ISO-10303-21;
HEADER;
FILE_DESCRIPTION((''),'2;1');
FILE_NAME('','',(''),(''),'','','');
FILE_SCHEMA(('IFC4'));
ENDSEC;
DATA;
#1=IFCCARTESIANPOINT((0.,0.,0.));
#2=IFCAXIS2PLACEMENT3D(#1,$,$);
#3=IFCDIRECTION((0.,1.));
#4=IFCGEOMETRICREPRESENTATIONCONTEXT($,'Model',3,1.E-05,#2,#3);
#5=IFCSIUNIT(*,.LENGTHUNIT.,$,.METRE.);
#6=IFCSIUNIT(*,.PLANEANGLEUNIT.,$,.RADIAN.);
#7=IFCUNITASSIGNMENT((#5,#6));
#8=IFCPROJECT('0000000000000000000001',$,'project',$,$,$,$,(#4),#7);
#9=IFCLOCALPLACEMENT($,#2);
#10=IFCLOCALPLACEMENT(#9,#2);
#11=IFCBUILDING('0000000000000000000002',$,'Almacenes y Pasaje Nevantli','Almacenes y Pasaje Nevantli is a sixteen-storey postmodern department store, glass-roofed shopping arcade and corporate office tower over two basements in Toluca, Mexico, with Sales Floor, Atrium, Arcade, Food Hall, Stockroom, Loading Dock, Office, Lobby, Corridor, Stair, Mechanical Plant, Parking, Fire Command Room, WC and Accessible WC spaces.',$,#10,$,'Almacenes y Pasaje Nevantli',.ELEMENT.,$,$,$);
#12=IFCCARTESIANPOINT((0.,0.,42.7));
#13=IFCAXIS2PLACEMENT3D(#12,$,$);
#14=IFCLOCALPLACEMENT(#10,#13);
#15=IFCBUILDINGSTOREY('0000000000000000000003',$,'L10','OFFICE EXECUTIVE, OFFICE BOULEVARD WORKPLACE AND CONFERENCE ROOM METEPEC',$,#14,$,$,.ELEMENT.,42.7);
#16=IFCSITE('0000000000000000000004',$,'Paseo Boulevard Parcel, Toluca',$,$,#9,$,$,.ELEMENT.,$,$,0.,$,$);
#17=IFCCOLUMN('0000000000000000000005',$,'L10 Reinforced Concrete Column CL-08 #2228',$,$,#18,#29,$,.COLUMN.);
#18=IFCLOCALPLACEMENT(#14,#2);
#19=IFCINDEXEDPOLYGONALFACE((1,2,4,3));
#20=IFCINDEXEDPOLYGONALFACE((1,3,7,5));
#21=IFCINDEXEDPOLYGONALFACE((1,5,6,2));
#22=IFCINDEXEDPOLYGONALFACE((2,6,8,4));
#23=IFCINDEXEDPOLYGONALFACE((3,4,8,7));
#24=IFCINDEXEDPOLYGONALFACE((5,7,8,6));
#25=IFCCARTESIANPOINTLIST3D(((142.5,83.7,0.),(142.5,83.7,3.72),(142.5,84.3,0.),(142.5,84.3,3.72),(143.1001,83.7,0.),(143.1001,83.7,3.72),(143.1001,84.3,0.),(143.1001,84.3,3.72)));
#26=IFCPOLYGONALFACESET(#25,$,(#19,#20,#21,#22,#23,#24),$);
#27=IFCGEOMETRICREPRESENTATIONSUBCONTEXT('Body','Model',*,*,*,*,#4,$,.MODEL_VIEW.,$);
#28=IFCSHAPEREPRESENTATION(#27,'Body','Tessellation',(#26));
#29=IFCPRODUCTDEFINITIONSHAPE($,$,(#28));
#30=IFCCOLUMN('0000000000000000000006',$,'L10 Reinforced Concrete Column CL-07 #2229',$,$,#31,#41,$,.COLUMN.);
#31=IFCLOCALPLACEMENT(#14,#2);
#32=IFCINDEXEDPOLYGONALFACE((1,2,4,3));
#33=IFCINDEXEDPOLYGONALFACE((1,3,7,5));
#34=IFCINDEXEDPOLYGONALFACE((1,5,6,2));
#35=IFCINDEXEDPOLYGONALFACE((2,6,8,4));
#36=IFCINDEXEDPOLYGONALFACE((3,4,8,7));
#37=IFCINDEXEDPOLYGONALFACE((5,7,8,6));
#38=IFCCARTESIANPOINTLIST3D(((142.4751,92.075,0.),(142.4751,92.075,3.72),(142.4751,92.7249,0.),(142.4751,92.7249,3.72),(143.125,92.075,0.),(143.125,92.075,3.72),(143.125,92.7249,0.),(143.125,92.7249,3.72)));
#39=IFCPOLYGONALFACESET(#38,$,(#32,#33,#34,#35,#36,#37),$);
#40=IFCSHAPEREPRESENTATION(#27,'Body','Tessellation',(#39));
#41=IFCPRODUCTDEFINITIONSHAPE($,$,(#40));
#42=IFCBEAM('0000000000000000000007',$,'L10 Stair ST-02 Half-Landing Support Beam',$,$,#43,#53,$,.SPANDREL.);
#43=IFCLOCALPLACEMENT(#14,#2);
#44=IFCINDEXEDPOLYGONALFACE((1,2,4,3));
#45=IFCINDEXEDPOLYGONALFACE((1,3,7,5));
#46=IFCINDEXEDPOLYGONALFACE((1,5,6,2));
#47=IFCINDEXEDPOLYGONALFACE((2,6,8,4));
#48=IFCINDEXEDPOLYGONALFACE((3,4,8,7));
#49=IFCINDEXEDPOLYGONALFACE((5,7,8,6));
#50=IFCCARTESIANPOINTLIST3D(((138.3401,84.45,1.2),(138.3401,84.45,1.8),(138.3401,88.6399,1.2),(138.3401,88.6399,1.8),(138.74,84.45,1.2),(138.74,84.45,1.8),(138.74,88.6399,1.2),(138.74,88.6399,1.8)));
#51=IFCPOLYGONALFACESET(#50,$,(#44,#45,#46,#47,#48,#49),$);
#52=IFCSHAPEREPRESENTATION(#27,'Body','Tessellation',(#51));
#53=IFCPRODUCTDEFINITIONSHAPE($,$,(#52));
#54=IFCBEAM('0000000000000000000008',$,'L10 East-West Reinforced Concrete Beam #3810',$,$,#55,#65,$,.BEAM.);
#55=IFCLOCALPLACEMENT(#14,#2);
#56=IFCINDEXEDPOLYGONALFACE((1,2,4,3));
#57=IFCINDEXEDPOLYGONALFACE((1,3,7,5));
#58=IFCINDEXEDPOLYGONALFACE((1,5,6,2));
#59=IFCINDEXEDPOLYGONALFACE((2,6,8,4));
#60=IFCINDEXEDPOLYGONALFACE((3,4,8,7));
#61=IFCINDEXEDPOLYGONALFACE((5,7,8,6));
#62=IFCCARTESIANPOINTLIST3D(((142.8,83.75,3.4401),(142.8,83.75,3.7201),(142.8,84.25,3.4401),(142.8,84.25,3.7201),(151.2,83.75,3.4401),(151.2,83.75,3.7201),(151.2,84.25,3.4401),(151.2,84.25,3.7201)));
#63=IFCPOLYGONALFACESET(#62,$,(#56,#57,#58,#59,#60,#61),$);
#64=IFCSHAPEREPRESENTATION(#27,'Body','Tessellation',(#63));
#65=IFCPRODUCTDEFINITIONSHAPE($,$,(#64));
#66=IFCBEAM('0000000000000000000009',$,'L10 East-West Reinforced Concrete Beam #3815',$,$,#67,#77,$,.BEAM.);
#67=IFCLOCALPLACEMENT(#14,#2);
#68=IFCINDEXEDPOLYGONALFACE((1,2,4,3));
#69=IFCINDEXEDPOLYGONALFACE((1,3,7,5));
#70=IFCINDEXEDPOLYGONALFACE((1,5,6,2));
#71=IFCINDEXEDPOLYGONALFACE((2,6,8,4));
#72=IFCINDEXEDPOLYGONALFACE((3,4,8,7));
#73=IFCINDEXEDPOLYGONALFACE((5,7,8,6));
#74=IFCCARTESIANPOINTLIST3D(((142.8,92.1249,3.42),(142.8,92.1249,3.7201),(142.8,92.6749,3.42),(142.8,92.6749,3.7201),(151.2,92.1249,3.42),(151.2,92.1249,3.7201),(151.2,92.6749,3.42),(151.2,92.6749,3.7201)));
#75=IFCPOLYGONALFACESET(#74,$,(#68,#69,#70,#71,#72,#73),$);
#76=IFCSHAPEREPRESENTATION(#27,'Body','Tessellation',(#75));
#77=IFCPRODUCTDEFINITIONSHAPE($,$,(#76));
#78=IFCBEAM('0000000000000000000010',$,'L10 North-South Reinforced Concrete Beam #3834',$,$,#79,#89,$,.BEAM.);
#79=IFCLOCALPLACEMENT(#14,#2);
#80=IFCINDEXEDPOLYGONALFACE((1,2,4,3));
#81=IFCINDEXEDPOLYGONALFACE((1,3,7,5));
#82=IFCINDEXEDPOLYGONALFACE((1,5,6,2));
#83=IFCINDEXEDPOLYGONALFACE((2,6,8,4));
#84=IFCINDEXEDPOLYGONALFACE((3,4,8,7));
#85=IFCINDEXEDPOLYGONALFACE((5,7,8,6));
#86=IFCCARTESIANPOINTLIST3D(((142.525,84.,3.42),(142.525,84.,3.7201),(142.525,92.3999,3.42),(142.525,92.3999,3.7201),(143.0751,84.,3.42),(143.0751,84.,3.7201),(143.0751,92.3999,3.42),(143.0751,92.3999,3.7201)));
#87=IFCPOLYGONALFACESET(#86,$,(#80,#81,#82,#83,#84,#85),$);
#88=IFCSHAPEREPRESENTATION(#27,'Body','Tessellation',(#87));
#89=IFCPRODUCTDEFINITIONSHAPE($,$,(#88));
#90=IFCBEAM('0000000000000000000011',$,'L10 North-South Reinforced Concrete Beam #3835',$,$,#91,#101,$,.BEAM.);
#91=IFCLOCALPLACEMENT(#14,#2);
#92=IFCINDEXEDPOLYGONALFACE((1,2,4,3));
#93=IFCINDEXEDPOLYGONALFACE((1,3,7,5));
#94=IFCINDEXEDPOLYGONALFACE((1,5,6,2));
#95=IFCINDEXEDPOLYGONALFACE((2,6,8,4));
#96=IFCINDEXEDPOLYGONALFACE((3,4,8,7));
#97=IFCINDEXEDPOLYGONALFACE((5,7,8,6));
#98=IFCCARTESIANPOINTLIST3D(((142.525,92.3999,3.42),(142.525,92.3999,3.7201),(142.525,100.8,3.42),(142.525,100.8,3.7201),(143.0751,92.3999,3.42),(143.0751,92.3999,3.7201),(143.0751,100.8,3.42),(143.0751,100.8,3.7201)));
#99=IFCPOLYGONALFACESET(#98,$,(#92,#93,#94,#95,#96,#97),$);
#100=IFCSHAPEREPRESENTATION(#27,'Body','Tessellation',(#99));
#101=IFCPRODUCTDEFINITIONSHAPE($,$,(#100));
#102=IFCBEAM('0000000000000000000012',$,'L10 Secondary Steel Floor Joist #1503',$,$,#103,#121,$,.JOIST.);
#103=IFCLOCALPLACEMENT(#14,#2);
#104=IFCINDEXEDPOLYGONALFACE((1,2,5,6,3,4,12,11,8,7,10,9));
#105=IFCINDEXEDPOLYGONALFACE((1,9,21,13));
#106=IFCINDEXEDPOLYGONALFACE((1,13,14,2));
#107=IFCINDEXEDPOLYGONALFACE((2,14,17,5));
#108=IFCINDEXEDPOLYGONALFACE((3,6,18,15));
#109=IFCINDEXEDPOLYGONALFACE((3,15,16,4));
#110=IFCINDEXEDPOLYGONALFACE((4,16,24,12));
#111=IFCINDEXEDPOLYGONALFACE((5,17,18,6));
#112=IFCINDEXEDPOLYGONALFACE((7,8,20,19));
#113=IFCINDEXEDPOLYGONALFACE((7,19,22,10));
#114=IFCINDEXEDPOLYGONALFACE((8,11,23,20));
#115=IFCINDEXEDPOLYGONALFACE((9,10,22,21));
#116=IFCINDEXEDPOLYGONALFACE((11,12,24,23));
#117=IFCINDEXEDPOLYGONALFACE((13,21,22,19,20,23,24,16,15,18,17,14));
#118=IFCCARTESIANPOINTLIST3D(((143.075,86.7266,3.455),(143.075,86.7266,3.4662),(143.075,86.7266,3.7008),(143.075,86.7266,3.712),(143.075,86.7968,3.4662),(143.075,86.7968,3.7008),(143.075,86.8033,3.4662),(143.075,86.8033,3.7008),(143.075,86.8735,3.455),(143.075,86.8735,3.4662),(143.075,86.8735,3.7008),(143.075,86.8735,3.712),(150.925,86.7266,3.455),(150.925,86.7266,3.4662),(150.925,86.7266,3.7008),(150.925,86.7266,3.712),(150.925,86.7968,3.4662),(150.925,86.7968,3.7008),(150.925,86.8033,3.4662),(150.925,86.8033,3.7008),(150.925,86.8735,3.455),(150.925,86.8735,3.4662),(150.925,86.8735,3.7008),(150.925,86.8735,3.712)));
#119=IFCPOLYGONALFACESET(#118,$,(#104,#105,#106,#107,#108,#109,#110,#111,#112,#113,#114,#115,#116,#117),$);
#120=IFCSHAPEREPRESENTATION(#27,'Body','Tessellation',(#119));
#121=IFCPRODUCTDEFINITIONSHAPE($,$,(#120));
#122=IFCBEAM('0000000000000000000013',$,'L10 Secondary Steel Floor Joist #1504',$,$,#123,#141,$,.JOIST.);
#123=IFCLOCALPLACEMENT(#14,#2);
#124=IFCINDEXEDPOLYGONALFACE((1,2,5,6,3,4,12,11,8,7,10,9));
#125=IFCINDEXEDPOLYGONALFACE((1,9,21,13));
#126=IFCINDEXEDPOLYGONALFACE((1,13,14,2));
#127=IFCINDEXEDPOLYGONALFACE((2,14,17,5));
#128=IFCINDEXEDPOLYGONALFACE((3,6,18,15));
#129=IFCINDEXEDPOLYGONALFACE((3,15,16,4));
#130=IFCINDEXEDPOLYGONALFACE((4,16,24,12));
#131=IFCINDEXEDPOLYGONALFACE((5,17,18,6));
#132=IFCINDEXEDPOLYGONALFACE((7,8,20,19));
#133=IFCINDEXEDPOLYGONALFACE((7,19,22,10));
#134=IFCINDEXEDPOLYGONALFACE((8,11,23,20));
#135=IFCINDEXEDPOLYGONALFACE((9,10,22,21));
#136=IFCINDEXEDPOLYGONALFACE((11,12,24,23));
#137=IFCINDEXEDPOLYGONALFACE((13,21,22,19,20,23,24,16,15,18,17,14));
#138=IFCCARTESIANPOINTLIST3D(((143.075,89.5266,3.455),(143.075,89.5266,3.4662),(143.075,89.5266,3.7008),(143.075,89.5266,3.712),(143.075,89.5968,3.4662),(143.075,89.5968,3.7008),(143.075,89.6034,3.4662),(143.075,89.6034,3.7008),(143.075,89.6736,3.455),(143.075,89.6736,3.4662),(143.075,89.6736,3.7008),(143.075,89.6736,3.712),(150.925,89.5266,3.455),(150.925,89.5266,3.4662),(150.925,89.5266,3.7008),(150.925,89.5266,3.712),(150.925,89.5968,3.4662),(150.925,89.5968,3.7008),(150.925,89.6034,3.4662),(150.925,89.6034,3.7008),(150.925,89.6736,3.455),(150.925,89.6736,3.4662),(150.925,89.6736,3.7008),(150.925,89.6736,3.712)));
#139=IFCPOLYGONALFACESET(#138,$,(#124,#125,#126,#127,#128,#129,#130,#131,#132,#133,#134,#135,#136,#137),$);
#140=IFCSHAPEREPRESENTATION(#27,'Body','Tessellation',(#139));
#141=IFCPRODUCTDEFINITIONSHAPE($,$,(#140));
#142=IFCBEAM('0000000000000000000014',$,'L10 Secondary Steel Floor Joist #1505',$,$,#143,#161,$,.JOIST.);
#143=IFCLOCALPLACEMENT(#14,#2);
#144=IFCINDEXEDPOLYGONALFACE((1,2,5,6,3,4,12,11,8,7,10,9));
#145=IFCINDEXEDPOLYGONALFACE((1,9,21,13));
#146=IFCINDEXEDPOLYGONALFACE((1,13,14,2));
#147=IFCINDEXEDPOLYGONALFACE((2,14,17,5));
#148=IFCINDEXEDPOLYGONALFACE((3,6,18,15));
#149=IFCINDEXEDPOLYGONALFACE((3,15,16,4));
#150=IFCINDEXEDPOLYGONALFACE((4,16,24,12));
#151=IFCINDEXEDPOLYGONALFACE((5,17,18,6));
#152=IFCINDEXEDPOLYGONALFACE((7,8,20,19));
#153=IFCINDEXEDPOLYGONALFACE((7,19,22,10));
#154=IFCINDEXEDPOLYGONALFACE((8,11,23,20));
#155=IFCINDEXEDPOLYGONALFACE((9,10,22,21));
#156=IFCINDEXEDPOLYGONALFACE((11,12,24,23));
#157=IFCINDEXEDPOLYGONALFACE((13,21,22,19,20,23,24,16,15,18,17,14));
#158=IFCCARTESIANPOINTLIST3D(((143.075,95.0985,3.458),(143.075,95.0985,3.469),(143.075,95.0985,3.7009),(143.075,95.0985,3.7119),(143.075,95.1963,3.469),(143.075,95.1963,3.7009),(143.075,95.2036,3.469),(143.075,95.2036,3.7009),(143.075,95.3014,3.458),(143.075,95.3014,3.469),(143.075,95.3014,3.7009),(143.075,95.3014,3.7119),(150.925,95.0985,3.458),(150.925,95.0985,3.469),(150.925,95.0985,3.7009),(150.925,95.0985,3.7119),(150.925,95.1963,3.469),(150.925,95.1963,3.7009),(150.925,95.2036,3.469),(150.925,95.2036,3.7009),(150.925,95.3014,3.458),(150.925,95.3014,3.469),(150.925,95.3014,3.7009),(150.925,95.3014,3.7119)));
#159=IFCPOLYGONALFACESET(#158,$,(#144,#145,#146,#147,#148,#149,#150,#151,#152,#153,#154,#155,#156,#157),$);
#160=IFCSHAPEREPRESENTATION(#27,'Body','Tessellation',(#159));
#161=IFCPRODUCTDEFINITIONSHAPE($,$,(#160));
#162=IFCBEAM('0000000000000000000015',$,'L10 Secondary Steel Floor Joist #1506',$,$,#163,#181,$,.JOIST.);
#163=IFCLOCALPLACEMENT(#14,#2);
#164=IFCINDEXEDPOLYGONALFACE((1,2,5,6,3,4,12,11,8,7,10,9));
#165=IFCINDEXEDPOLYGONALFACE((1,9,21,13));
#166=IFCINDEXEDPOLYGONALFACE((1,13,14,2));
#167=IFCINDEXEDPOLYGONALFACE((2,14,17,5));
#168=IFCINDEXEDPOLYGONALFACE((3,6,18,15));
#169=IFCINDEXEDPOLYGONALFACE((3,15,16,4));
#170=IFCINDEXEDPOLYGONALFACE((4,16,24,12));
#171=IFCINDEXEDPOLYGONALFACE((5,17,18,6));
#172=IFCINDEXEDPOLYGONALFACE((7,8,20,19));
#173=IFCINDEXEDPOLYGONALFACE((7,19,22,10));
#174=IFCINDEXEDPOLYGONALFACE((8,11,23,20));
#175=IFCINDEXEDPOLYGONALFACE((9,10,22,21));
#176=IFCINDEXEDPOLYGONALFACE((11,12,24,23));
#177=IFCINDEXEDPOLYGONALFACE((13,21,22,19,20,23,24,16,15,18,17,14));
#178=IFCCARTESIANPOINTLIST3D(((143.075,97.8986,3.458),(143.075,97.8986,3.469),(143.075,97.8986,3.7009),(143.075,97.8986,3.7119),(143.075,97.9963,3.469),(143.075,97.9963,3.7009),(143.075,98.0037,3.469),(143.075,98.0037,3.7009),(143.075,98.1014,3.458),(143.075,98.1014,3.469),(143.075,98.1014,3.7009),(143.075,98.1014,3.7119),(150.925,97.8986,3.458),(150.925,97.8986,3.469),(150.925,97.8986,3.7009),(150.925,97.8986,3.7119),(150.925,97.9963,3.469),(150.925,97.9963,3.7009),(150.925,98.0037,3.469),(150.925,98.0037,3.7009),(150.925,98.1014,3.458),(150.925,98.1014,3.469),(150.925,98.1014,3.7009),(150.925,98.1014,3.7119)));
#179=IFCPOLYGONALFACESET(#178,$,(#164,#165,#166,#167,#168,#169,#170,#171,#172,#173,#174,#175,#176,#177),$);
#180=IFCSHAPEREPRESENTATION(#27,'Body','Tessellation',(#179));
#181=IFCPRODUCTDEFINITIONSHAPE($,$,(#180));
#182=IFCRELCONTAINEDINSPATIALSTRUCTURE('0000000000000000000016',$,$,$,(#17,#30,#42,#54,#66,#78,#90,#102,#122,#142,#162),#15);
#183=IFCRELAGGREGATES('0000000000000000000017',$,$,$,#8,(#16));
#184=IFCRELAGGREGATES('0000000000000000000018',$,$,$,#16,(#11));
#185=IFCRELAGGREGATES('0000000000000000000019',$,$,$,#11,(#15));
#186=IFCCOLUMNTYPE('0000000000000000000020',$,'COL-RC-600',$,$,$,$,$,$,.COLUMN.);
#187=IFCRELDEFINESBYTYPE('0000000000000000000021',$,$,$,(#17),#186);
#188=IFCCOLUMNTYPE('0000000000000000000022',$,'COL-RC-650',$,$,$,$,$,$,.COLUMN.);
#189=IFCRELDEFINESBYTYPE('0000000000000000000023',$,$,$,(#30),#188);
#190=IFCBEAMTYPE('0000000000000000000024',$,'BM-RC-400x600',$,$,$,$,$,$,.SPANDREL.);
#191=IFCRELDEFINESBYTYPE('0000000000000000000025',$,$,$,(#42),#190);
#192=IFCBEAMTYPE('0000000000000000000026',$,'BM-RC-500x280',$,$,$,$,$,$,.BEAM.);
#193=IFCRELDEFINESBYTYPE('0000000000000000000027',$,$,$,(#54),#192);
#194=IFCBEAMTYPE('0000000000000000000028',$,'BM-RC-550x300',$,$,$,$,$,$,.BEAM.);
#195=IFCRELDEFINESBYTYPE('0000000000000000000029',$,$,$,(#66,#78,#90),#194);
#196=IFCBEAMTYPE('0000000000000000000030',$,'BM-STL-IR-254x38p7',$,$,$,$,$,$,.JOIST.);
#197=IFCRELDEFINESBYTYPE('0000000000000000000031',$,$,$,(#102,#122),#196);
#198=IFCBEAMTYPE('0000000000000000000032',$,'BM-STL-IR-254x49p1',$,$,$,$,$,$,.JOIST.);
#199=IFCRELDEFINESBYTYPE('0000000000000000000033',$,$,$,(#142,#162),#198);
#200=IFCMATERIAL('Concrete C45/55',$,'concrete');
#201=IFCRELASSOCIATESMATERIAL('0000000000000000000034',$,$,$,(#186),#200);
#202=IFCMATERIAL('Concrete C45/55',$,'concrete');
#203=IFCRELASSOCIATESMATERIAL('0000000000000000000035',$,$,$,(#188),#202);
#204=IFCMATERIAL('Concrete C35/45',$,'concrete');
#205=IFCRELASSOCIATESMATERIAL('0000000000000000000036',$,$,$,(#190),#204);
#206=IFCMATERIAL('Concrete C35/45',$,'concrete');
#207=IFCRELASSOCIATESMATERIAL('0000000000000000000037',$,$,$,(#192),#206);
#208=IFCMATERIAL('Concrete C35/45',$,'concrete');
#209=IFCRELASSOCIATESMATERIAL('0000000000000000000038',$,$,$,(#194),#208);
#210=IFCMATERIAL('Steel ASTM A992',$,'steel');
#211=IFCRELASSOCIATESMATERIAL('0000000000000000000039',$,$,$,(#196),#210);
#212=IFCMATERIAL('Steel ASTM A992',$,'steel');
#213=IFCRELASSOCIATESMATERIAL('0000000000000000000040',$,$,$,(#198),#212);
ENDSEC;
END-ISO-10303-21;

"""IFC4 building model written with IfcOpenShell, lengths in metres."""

from ifc_helpers import new_model, si_unit, direction, frame, origin, origin_2d, place, context, subcontext, project, spatial, rectangle, i_section, extrude, material, material_profile, profile_set, type_object, element, save


model = new_model("IFC4")

# Units and contexts
model_context = context("Model", 3, precision=1e-05, world=origin(), true_north=direction((0.0, 1.0)))
body_context = subcontext(model_context, "Body", "Model", "MODEL_VIEW")
ifc_project = project(units=[si_unit("LENGTHUNIT", "METRE"), si_unit("PLANEANGLEUNIT", "RADIAN")], contexts=[model_context])

# Site, building, storey
site_placement = place(None, origin())
site = spatial("IfcSite", under=ifc_project, at=site_placement, Name="Paseo Boulevard Parcel, Toluca", CompositionType="ELEMENT", RefElevation=0.0)
building_placement = place(site_placement, origin())
building = spatial("IfcBuilding", under=site, at=building_placement, Name="Almacenes y Pasaje Nevantli", Description="Almacenes y Pasaje Nevantli is a sixteen-storey postmodern department store, glass-roofed shopping arcade and corporate office tower over two basements in Toluca, Mexico, with Sales Floor, Atrium, Arcade, Food Hall, Stockroom, Loading Dock, Office, Lobby, Corridor, Stair, Mechanical Plant, Parking, Fire Command Room, WC and Accessible WC spaces.", LongName="Almacenes y Pasaje Nevantli", CompositionType="ELEMENT")
storey_placement = place(building_placement, frame((0.0, 0.0, 42.7)))
storey = spatial("IfcBuildingStorey", under=building, at=storey_placement, Name="L10", Description="OFFICE EXECUTIVE, OFFICE BOULEVARD WORKPLACE AND CONFERENCE ROOM METEPEC", CompositionType="ELEMENT", Elevation=42.7)

# Columns
ifc_material_1 = material(Name="Concrete C45/55", Category="concrete")
ifc_material_profile_1 = material_profile(ifc_material_1, rectangle(XDim=0.6001, YDim=0.6001, at=origin_2d()), Name="RC-COL-600x600")
ifc_profile_set_1 = profile_set([ifc_material_profile_1], Name="Concrete C45/55")
column_type_1 = type_object("IfcColumnType", Name="COL-RC-600", PredefinedType="COLUMN", material=ifc_profile_set_1)
column_1_placement = place(storey_placement, frame((142.8, 84.0, 0.0), z_axis=(0.0, 0.0, 1.0), x_axis=(1.0, 0.0, 0.0)))
element("IfcColumn", 1, at=column_1_placement, inside=storey, type_object=column_type_1, Name="L10 Reinforced Concrete Column CL-08 #2228", PredefinedType="COLUMN", context=body_context, shape_type="SweptSolid", body=[
    extrude(rectangle(XDim=0.6001, YDim=0.6001, at=origin_2d()), origin(), (0.0, 0.0, 1.0), 3.72),
])
ifc_material_2 = material(Name="Concrete C45/55", Category="concrete")
ifc_material_profile_2 = material_profile(ifc_material_2, rectangle(XDim=0.6499, YDim=0.6499, at=origin_2d()), Name="RC-COL-650x650")
ifc_profile_set_2 = profile_set([ifc_material_profile_2], Name="Concrete C45/55")
column_type_2 = type_object("IfcColumnType", Name="COL-RC-650", PredefinedType="COLUMN", material=ifc_profile_set_2)
column_2_placement = place(storey_placement, frame((142.8, 92.3999, 0.0), z_axis=(0.0, 0.0, 1.0), x_axis=(1.0, 0.0, 0.0)))
element("IfcColumn", 2, at=column_2_placement, inside=storey, type_object=column_type_2, Name="L10 Reinforced Concrete Column CL-07 #2229", PredefinedType="COLUMN", context=body_context, shape_type="SweptSolid", body=[
    extrude(rectangle(XDim=0.6499, YDim=0.6499, at=origin_2d()), origin(), (0.0, 0.0, 1.0), 3.72),
])

# Beams
ifc_material_3 = material(Name="Concrete C35/45", Category="concrete")
ifc_material_profile_3 = material_profile(ifc_material_3, rectangle(XDim=0.3999, YDim=0.6001, at=origin_2d()), Name="RC-BM-400x600")
ifc_profile_set_3 = profile_set([ifc_material_profile_3], Name="Concrete C35/45")
beam_type_1 = type_object("IfcBeamType", Name="BM-RC-400x600", PredefinedType="SPANDREL", material=ifc_profile_set_3)
beam_1_placement = place(storey_placement, frame((138.54, 84.45, 1.5), z_axis=(0.0, 1.0, 0.0), x_axis=(-1.0, 0.0, 0.0)))
element("IfcBeam", 3, at=beam_1_placement, inside=storey, type_object=beam_type_1, Name="L10 Stair ST-02 Half-Landing Support Beam", PredefinedType="SPANDREL", context=body_context, shape_type="SweptSolid", body=[
    extrude(rectangle(XDim=0.3999, YDim=0.6001, at=origin_2d()), origin(), (0.0, 0.0, 1.0), 4.1899),
])
ifc_material_4 = material(Name="Concrete C35/45", Category="concrete")
ifc_material_profile_4 = material_profile(ifc_material_4, rectangle(XDim=0.5, YDim=0.28, at=origin_2d()), Name="RC-BM-500x280")
ifc_profile_set_4 = profile_set([ifc_material_profile_4], Name="Concrete C35/45")
beam_type_2 = type_object("IfcBeamType", Name="BM-RC-500x280", PredefinedType="BEAM", material=ifc_profile_set_4)
beam_2_placement = place(storey_placement, frame((142.8, 84.0, 3.5801), z_axis=(1.0, 0.0, 0.0), x_axis=(0.0, 1.0, 0.0)))
element("IfcBeam", 4, at=beam_2_placement, inside=storey, type_object=beam_type_2, Name="L10 East-West Reinforced Concrete Beam #3810", PredefinedType="BEAM", context=body_context, shape_type="SweptSolid", body=[
    extrude(rectangle(XDim=0.5, YDim=0.28, at=origin_2d()), origin(), (0.0, 0.0, 1.0), 8.3999),
])
ifc_material_5 = material(Name="Concrete C35/45", Category="concrete")
ifc_material_profile_5 = material_profile(ifc_material_5, rectangle(XDim=0.55, YDim=0.3, at=origin_2d()), Name="RC-BM-550x300")
ifc_profile_set_5 = profile_set([ifc_material_profile_5], Name="Concrete C35/45")
beam_type_3 = type_object("IfcBeamType", Name="BM-RC-550x300", PredefinedType="BEAM", material=ifc_profile_set_5)
for number, where, z_axis, x_axis, name in (
    (5, (142.8, 92.3999, 3.5701), (1.0, 0.0, 0.0), (0.0, 1.0, 0.0), "L10 East-West Reinforced Concrete Beam #3815"),
    (6, (142.8, 84.0, 3.5701), (0.0, 1.0, 0.0), (-1.0, 0.0, 0.0), "L10 North-South Reinforced Concrete Beam #3834"),
):
    element("IfcBeam", number, at=place(storey_placement, frame(where, z_axis=z_axis, x_axis=x_axis)), inside=storey, type_object=beam_type_3, Name=name, PredefinedType="BEAM", context=body_context, shape_type="SweptSolid", body=[
        extrude(rectangle(XDim=0.55, YDim=0.3, at=origin_2d()), origin(), (0.0, 0.0, 1.0), 8.3999),
    ])
beam_3_placement = place(storey_placement, frame((142.8, 92.3999, 3.5701), z_axis=(0.0, 1.0, 0.0), x_axis=(-1.0, 0.0, 0.0)))
element("IfcBeam", 7, at=beam_3_placement, inside=storey, type_object=beam_type_3, Name="L10 North-South Reinforced Concrete Beam #3835", PredefinedType="BEAM", context=body_context, shape_type="SweptSolid", body=[
    extrude(rectangle(XDim=0.55, YDim=0.3, at=origin_2d()), origin(), (0.0, 0.0, 1.0), 8.4001),
])
ifc_material_6 = material(Name="Steel ASTM A992", Category="steel")
ifc_material_profile_6 = material_profile(ifc_material_6, i_section(OverallWidth=0.147, OverallDepth=0.2571, WebThickness=0.0066, FlangeThickness=0.0112, at=origin_2d()), Name="IR 254x38.7")
ifc_profile_set_6 = profile_set([ifc_material_profile_6], Name="Steel ASTM A992")
beam_type_4 = type_object("IfcBeamType", Name="BM-STL-IR-254x38p7", PredefinedType="JOIST", material=ifc_profile_set_6)
for number, where, z_axis, x_axis, name in (
    (8, (143.075, 86.8, 3.5835), (1.0, 0.0, 0.0), (0.0, 1.0, 0.0), "L10 Secondary Steel Floor Joist #1503"),
    (9, (143.075, 89.6001, 3.5835), (1.0, 0.0, 0.0), (0.0, 1.0, 0.0), "L10 Secondary Steel Floor Joist #1504"),
):
    element("IfcBeam", number, at=place(storey_placement, frame(where, z_axis=z_axis, x_axis=x_axis)), inside=storey, type_object=beam_type_4, Name=name, PredefinedType="JOIST", context=body_context, shape_type="SweptSolid", body=[
        extrude(i_section(OverallWidth=0.147, OverallDepth=0.2571, WebThickness=0.0066, FlangeThickness=0.0112, at=origin_2d()), origin(), (0.0, 0.0, 1.0), 7.8501),
    ])
ifc_material_7 = material(Name="Steel ASTM A992", Category="steel")
ifc_material_profile_7 = material_profile(ifc_material_7, i_section(OverallWidth=0.2029, OverallDepth=0.2539, WebThickness=0.0073, FlangeThickness=0.011, at=origin_2d()), Name="IR 254x49.1")
ifc_profile_set_7 = profile_set([ifc_material_profile_7], Name="Steel ASTM A992")
beam_type_5 = type_object("IfcBeamType", Name="BM-STL-IR-254x49p1", PredefinedType="JOIST", material=ifc_profile_set_7)
for number, where, z_axis, x_axis, name in (
    (10, (143.075, 95.2, 3.585), (1.0, 0.0, 0.0), (0.0, 1.0, 0.0), "L10 Secondary Steel Floor Joist #1505"),
    (11, (143.075, 98.0, 3.585), (1.0, 0.0, 0.0), (0.0, 1.0, 0.0), "L10 Secondary Steel Floor Joist #1506"),
):
    element("IfcBeam", number, at=place(storey_placement, frame(where, z_axis=z_axis, x_axis=x_axis)), inside=storey, type_object=beam_type_5, Name=name, PredefinedType="JOIST", context=body_context, shape_type="SweptSolid", body=[
        extrude(i_section(OverallWidth=0.2029, OverallDepth=0.2539, WebThickness=0.0073, FlangeThickness=0.011, at=origin_2d()), origin(), (0.0, 0.0, 1.0), 7.8501),
    ])

save(model, "model.ifc")
